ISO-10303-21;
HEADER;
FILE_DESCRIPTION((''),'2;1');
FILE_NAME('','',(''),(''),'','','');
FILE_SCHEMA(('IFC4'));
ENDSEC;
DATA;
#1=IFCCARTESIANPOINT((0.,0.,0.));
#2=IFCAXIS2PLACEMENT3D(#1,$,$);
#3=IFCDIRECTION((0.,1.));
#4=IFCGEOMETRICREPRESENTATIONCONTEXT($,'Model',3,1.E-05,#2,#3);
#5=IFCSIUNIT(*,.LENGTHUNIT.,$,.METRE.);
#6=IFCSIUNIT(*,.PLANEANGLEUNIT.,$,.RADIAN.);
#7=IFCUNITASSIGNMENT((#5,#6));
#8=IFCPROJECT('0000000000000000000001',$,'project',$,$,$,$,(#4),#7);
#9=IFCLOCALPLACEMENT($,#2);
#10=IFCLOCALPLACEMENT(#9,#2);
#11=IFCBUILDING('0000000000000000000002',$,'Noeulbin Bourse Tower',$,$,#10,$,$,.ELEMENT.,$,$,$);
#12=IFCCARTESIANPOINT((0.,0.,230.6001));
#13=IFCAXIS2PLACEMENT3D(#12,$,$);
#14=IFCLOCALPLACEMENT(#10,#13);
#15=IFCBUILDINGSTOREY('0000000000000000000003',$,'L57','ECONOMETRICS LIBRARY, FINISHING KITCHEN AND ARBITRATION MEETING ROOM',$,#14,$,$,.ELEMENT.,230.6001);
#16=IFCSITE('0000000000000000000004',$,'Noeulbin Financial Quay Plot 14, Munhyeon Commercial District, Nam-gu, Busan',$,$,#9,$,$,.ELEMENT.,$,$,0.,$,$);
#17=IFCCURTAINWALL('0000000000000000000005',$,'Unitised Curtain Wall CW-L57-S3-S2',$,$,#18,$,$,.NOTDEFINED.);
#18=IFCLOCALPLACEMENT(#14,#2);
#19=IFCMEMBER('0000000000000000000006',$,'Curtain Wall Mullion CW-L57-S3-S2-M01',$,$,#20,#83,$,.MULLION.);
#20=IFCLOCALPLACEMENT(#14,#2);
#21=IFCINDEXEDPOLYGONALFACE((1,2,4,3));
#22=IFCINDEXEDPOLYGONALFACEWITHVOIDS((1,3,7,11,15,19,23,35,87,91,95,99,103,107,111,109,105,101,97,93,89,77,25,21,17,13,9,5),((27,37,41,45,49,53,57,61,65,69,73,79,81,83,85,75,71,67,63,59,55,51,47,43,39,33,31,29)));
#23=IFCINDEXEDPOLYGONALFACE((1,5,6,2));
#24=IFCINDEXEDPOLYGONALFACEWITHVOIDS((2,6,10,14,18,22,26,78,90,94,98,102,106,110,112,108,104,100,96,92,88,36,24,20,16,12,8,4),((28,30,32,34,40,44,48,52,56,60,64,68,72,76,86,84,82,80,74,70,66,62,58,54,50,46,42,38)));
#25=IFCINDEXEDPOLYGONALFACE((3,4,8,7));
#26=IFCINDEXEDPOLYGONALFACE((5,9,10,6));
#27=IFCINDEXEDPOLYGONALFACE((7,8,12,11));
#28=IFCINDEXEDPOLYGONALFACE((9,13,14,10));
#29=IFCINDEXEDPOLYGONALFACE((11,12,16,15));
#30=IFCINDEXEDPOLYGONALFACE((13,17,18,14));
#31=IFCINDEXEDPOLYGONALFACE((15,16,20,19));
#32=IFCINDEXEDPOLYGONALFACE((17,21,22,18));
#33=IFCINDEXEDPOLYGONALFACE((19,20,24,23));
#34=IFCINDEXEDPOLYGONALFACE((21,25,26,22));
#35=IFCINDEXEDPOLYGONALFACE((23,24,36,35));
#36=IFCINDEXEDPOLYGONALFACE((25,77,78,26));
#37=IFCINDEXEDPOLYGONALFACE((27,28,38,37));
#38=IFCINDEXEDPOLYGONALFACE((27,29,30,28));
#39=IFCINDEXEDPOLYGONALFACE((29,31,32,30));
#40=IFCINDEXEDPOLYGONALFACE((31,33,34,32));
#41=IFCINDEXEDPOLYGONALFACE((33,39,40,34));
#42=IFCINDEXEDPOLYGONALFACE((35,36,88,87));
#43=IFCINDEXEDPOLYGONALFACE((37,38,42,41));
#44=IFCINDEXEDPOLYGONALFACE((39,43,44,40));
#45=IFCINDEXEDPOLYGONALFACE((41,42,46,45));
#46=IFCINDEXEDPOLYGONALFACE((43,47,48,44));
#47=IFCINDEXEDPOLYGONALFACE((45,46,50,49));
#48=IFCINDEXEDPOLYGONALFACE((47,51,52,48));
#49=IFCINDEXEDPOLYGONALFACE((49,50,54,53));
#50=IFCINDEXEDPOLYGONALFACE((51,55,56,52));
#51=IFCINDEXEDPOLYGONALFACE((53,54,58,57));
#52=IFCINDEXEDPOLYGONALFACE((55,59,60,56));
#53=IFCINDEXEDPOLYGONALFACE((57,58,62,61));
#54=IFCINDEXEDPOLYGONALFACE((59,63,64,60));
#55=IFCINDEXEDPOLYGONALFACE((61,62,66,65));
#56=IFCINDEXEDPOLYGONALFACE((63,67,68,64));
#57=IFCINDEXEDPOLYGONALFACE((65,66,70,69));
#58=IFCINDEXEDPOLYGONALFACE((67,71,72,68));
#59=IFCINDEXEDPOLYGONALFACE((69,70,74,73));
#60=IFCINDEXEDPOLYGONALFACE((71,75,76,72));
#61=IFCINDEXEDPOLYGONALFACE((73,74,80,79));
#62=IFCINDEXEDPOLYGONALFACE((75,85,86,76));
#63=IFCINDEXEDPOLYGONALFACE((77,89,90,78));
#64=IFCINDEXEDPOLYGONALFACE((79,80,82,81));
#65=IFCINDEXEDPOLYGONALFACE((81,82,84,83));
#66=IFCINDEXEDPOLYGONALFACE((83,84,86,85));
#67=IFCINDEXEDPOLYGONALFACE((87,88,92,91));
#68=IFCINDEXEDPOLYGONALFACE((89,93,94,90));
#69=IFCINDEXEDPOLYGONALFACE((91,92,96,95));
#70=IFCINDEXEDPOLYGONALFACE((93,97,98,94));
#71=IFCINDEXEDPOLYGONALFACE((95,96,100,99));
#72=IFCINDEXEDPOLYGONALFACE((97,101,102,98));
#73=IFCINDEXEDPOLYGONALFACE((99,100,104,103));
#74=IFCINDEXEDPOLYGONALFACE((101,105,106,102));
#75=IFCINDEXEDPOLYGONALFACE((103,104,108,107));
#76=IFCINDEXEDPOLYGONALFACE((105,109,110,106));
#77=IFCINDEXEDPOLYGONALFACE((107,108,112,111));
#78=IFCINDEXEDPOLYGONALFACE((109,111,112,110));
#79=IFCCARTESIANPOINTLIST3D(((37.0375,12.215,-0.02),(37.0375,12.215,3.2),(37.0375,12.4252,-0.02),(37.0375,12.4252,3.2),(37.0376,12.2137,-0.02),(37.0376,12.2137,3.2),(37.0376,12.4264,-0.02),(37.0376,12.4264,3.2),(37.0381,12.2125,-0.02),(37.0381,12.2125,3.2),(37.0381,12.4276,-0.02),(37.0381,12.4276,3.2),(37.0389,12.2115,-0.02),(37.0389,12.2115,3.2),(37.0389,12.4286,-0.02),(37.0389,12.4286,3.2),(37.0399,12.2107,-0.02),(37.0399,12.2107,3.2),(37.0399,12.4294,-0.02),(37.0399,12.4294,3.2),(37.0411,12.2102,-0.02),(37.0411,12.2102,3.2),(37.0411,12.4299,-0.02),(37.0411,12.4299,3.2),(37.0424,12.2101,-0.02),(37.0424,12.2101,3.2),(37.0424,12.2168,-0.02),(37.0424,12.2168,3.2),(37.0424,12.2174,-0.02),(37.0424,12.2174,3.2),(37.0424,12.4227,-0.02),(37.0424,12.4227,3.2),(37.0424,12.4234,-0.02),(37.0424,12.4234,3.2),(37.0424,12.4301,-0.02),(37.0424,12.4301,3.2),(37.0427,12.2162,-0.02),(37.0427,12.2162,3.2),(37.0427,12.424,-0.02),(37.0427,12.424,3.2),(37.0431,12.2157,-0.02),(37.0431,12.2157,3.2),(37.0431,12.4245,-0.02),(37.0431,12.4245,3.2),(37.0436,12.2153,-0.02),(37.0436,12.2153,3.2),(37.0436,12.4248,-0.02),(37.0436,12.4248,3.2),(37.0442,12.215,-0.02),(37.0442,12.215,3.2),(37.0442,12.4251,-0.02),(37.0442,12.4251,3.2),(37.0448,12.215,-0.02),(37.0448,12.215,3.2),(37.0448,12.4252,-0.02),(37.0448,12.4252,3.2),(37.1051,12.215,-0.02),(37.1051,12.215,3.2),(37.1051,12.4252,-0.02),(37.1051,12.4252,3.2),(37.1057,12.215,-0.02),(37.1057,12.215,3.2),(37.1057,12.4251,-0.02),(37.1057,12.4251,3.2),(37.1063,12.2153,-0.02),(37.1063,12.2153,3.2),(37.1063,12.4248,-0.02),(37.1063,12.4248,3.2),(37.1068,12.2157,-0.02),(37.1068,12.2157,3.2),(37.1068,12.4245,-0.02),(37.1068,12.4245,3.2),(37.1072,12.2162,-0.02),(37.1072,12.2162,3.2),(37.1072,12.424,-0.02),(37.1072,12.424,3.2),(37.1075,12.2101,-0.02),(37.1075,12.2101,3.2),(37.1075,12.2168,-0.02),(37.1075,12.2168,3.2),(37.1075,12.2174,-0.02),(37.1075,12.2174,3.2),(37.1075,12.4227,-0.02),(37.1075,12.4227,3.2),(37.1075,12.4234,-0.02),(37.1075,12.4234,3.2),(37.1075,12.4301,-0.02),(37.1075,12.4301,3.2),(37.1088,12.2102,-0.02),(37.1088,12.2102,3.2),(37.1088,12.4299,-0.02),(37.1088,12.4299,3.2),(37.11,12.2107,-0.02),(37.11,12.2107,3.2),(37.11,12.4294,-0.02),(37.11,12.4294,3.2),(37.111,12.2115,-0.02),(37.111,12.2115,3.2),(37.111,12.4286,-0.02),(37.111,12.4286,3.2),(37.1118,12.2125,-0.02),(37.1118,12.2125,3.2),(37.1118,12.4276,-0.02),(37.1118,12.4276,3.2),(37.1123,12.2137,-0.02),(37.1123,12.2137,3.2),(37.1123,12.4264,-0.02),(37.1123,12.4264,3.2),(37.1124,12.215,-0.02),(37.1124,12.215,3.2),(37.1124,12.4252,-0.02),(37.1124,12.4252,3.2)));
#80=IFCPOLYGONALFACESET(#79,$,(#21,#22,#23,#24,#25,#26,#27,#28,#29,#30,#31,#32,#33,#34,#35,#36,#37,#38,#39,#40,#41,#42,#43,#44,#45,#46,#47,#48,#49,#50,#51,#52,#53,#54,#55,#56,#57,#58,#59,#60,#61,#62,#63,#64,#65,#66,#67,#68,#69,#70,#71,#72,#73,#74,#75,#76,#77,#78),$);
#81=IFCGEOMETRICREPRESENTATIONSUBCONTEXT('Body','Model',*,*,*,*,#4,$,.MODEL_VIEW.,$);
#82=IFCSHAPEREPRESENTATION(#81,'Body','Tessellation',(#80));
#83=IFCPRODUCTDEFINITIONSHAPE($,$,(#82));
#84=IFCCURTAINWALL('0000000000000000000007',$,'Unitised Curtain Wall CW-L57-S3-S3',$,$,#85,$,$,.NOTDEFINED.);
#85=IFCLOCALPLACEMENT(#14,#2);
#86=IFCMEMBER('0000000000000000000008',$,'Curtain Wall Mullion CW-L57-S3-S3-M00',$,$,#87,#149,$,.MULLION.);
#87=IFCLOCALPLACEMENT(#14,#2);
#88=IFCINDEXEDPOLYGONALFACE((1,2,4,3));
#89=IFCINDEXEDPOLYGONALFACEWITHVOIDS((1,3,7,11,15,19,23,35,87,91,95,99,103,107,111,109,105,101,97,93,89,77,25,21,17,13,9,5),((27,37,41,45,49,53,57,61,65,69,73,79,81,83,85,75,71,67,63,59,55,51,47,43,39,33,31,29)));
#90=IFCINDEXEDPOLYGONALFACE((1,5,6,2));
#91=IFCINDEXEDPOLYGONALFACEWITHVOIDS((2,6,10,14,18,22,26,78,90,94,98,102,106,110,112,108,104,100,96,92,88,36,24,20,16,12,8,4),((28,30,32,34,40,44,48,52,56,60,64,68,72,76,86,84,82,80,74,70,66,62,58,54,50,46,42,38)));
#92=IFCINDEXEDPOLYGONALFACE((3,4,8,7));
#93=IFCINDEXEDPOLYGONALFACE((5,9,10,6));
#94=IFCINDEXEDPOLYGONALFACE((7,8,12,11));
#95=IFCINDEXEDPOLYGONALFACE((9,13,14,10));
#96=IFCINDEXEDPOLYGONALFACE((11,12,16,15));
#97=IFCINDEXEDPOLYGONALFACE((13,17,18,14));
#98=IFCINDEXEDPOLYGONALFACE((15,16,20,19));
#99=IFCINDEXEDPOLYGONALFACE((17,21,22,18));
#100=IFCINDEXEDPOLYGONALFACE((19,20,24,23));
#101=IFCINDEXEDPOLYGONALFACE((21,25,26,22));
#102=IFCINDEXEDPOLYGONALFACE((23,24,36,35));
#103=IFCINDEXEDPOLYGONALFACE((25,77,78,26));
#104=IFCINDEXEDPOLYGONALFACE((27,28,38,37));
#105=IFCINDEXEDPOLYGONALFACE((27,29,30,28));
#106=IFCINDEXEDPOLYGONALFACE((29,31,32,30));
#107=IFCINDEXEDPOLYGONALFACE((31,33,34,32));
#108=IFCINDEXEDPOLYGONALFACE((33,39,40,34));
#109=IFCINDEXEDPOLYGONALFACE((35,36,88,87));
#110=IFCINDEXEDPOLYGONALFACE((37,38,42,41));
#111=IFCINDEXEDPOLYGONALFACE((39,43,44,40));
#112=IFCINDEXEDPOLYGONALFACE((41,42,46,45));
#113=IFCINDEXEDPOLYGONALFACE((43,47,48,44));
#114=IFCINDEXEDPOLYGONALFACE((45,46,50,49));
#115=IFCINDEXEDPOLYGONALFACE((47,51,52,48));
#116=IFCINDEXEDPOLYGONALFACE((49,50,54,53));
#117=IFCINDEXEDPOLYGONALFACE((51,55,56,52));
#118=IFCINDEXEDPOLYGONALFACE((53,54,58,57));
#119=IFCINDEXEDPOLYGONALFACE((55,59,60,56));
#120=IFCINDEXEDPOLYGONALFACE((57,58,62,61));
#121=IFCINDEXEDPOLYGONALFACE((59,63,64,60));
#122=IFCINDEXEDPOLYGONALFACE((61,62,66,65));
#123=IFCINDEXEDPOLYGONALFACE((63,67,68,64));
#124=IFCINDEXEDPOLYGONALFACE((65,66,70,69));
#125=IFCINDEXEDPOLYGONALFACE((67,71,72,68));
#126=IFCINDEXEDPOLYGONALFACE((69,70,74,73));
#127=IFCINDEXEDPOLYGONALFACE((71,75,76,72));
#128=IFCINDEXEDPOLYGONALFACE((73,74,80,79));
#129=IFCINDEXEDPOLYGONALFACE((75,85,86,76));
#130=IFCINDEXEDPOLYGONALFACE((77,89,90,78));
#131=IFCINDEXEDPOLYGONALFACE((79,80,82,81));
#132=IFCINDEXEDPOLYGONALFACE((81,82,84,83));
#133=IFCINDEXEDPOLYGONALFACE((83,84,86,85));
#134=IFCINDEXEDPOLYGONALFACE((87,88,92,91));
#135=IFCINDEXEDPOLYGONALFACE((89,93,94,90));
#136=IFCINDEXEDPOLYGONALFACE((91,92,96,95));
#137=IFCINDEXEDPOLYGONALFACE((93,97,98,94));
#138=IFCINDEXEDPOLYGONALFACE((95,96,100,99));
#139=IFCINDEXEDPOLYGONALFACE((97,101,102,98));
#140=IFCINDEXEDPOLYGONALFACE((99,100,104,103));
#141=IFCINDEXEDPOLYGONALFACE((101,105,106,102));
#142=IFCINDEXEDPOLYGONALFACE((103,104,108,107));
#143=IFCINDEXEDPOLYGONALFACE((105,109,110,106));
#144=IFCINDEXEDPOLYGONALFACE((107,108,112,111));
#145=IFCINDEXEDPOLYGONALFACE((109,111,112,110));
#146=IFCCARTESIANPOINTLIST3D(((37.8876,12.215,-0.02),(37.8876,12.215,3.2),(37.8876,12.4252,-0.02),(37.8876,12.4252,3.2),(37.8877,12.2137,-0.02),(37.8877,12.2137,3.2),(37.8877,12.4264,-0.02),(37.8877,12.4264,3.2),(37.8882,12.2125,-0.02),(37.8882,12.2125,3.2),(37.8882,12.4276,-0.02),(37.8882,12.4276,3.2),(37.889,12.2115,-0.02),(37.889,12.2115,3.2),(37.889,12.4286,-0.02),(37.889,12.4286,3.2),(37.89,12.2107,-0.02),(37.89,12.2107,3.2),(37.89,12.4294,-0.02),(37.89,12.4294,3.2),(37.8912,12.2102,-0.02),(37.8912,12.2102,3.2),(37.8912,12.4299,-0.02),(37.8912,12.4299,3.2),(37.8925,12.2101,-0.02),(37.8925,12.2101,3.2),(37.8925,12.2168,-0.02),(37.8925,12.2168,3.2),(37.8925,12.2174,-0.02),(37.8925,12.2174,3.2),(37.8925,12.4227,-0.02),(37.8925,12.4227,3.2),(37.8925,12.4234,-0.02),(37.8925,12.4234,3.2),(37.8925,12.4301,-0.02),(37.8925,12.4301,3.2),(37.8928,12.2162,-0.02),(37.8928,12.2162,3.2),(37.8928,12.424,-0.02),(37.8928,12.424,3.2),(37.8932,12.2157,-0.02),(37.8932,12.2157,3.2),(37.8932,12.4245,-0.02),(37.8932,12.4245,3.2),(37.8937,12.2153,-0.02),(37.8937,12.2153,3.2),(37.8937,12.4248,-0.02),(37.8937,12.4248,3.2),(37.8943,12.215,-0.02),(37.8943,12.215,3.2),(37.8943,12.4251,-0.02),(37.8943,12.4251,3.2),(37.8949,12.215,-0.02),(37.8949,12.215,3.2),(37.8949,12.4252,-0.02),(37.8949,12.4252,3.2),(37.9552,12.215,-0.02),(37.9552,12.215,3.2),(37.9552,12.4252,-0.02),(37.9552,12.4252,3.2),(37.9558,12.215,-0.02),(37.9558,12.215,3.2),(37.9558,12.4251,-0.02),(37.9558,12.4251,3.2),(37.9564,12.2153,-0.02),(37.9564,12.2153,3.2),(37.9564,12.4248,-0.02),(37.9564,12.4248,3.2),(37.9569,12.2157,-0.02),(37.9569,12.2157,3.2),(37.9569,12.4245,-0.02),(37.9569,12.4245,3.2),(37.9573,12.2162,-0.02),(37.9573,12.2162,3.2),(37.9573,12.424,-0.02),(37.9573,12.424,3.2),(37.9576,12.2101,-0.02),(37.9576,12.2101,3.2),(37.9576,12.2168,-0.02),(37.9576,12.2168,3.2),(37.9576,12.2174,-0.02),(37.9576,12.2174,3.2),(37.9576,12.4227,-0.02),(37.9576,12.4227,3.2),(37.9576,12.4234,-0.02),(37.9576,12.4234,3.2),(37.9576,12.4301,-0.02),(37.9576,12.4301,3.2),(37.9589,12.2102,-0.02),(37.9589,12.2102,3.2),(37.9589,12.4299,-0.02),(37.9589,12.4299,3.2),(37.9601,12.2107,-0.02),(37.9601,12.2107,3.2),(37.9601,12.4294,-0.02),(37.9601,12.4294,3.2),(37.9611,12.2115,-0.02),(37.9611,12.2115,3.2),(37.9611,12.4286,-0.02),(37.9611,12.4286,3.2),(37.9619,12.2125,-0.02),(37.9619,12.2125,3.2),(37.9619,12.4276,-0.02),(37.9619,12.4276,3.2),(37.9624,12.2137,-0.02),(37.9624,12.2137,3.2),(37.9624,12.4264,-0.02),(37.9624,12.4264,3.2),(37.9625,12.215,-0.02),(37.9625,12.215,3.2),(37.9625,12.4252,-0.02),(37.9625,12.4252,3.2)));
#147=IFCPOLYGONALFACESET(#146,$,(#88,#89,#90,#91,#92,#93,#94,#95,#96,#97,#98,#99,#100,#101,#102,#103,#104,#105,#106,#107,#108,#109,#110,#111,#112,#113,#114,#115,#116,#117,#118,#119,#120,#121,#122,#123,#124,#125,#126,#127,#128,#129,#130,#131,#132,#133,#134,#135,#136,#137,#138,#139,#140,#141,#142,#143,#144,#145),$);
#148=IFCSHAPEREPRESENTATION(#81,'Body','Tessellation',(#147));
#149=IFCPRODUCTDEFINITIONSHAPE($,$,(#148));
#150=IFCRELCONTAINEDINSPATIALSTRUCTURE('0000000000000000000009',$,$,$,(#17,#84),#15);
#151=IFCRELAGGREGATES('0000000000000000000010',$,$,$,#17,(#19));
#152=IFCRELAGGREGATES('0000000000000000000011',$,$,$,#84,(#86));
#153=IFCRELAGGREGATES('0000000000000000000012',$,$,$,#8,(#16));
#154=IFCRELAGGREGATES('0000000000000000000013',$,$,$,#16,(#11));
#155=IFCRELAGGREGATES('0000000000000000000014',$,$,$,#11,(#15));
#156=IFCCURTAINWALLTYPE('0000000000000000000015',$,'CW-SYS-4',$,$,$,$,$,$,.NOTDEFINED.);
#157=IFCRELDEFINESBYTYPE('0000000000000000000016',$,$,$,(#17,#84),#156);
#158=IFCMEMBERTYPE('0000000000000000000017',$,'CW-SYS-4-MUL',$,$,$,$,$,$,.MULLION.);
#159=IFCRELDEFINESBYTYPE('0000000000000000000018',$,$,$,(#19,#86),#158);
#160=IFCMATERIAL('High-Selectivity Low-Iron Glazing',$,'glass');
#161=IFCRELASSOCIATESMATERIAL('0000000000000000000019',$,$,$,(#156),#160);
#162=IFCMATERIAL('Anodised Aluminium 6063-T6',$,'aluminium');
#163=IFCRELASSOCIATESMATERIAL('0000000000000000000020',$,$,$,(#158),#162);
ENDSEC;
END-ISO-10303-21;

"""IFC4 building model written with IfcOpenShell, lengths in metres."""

from ifc_helpers import new_model, si_unit, direction, frame, origin, origin_2d, place, context, subcontext, project, spatial, hollow_rectangle, extrude, material, material_profile, profile_set, type_object, element, aggregate, save


model = new_model("IFC4")

# Units and contexts
model_context = context("Model", 3, precision=1e-05, world=origin(), true_north=direction((0.0, 1.0)))
body_context = subcontext(model_context, "Body", "Model", "MODEL_VIEW")
ifc_project = project(units=[si_unit("LENGTHUNIT", "METRE"), si_unit("PLANEANGLEUNIT", "RADIAN")], contexts=[model_context])

# Site, building, storey
site_placement = place(None, origin())
site = spatial("IfcSite", under=ifc_project, at=site_placement, Name="Noeulbin Financial Quay Plot 14, Munhyeon Commercial District, Nam-gu, Busan", CompositionType="ELEMENT", RefElevation=0.0)
building_placement = place(site_placement, origin())
building = spatial("IfcBuilding", under=site, at=building_placement, Name="Noeulbin Bourse Tower", CompositionType="ELEMENT")
storey_placement = place(building_placement, frame((0.0, 0.0, 230.6001)))
storey = spatial("IfcBuildingStorey", under=building, at=storey_placement, Name="L57", Description="ECONOMETRICS LIBRARY, FINISHING KITCHEN AND ARBITRATION MEETING ROOM", CompositionType="ELEMENT", Elevation=230.6001)

# Curtain walls, members
ifc_material_1 = material(Name="High-Selectivity Low-Iron Glazing", Category="glass")
curtain_wall_type = type_object("IfcCurtainWallType", Name="CW-SYS-4", PredefinedType="NOTDEFINED", material=ifc_material_1)
curtain_wall_1_placement = place(storey_placement, origin())
curtain_wall_1 = element("IfcCurtainWall", 1, at=curtain_wall_1_placement, inside=storey, type_object=curtain_wall_type, Name="Unitised Curtain Wall CW-L57-S3-S2", PredefinedType="NOTDEFINED")
ifc_material_2 = material(Name="Anodised Aluminium 6063-T6", Category="aluminium")
ifc_material_profile_1 = material_profile(ifc_material_2, hollow_rectangle(XDim=0.075, YDim=0.22, WallThickness=0.0049, InnerFilletRadius=0.0024, OuterFilletRadius=0.0049, at=origin_2d()), Name="ALU-MULL-75x220x5", Category="LoadBearing")
ifc_profile_set_1 = profile_set([ifc_material_profile_1], Name="Anodised Aluminium 6063-T6")
member_type_1 = type_object("IfcMemberType", Name="CW-SYS-4-MUL", PredefinedType="MULLION", material=ifc_profile_set_1)
member_1_placement = place(storey_placement, frame((37.075, 12.3201, -0.02), z_axis=(0.0, 0.0, 1.0), x_axis=(1.0, 0.0, 0.0)))
member_1 = element("IfcMember", 2, at=member_1_placement, type_object=member_type_1, Name="Curtain Wall Mullion CW-L57-S3-S2-M01", PredefinedType="MULLION", context=body_context, shape_type="SweptSolid", body=[
    extrude(hollow_rectangle(XDim=0.075, YDim=0.22, WallThickness=0.0049, InnerFilletRadius=0.0024, OuterFilletRadius=0.0049, at=origin_2d()), origin(), (0.0, 0.0, 1.0), 3.22),
])
curtain_wall_2_placement = place(storey_placement, origin())
curtain_wall_2 = element("IfcCurtainWall", 3, at=curtain_wall_2_placement, inside=storey, type_object=curtain_wall_type, Name="Unitised Curtain Wall CW-L57-S3-S3", PredefinedType="NOTDEFINED")
member_2_placement = place(storey_placement, frame((37.925, 12.3201, -0.02), z_axis=(0.0, 0.0, 1.0), x_axis=(1.0, 0.0, 0.0)))
member_2 = element("IfcMember", 4, at=member_2_placement, type_object=member_type_1, Name="Curtain Wall Mullion CW-L57-S3-S3-M00", PredefinedType="MULLION", context=body_context, shape_type="SweptSolid", body=[
    extrude(hollow_rectangle(XDim=0.075, YDim=0.22, WallThickness=0.0049, InnerFilletRadius=0.0024, OuterFilletRadius=0.0049, at=origin_2d()), origin(), (0.0, 0.0, 1.0), 3.22),
])

aggregate(curtain_wall_1, [member_1])
aggregate(curtain_wall_2, [member_2])

save(model, "model.ifc")
